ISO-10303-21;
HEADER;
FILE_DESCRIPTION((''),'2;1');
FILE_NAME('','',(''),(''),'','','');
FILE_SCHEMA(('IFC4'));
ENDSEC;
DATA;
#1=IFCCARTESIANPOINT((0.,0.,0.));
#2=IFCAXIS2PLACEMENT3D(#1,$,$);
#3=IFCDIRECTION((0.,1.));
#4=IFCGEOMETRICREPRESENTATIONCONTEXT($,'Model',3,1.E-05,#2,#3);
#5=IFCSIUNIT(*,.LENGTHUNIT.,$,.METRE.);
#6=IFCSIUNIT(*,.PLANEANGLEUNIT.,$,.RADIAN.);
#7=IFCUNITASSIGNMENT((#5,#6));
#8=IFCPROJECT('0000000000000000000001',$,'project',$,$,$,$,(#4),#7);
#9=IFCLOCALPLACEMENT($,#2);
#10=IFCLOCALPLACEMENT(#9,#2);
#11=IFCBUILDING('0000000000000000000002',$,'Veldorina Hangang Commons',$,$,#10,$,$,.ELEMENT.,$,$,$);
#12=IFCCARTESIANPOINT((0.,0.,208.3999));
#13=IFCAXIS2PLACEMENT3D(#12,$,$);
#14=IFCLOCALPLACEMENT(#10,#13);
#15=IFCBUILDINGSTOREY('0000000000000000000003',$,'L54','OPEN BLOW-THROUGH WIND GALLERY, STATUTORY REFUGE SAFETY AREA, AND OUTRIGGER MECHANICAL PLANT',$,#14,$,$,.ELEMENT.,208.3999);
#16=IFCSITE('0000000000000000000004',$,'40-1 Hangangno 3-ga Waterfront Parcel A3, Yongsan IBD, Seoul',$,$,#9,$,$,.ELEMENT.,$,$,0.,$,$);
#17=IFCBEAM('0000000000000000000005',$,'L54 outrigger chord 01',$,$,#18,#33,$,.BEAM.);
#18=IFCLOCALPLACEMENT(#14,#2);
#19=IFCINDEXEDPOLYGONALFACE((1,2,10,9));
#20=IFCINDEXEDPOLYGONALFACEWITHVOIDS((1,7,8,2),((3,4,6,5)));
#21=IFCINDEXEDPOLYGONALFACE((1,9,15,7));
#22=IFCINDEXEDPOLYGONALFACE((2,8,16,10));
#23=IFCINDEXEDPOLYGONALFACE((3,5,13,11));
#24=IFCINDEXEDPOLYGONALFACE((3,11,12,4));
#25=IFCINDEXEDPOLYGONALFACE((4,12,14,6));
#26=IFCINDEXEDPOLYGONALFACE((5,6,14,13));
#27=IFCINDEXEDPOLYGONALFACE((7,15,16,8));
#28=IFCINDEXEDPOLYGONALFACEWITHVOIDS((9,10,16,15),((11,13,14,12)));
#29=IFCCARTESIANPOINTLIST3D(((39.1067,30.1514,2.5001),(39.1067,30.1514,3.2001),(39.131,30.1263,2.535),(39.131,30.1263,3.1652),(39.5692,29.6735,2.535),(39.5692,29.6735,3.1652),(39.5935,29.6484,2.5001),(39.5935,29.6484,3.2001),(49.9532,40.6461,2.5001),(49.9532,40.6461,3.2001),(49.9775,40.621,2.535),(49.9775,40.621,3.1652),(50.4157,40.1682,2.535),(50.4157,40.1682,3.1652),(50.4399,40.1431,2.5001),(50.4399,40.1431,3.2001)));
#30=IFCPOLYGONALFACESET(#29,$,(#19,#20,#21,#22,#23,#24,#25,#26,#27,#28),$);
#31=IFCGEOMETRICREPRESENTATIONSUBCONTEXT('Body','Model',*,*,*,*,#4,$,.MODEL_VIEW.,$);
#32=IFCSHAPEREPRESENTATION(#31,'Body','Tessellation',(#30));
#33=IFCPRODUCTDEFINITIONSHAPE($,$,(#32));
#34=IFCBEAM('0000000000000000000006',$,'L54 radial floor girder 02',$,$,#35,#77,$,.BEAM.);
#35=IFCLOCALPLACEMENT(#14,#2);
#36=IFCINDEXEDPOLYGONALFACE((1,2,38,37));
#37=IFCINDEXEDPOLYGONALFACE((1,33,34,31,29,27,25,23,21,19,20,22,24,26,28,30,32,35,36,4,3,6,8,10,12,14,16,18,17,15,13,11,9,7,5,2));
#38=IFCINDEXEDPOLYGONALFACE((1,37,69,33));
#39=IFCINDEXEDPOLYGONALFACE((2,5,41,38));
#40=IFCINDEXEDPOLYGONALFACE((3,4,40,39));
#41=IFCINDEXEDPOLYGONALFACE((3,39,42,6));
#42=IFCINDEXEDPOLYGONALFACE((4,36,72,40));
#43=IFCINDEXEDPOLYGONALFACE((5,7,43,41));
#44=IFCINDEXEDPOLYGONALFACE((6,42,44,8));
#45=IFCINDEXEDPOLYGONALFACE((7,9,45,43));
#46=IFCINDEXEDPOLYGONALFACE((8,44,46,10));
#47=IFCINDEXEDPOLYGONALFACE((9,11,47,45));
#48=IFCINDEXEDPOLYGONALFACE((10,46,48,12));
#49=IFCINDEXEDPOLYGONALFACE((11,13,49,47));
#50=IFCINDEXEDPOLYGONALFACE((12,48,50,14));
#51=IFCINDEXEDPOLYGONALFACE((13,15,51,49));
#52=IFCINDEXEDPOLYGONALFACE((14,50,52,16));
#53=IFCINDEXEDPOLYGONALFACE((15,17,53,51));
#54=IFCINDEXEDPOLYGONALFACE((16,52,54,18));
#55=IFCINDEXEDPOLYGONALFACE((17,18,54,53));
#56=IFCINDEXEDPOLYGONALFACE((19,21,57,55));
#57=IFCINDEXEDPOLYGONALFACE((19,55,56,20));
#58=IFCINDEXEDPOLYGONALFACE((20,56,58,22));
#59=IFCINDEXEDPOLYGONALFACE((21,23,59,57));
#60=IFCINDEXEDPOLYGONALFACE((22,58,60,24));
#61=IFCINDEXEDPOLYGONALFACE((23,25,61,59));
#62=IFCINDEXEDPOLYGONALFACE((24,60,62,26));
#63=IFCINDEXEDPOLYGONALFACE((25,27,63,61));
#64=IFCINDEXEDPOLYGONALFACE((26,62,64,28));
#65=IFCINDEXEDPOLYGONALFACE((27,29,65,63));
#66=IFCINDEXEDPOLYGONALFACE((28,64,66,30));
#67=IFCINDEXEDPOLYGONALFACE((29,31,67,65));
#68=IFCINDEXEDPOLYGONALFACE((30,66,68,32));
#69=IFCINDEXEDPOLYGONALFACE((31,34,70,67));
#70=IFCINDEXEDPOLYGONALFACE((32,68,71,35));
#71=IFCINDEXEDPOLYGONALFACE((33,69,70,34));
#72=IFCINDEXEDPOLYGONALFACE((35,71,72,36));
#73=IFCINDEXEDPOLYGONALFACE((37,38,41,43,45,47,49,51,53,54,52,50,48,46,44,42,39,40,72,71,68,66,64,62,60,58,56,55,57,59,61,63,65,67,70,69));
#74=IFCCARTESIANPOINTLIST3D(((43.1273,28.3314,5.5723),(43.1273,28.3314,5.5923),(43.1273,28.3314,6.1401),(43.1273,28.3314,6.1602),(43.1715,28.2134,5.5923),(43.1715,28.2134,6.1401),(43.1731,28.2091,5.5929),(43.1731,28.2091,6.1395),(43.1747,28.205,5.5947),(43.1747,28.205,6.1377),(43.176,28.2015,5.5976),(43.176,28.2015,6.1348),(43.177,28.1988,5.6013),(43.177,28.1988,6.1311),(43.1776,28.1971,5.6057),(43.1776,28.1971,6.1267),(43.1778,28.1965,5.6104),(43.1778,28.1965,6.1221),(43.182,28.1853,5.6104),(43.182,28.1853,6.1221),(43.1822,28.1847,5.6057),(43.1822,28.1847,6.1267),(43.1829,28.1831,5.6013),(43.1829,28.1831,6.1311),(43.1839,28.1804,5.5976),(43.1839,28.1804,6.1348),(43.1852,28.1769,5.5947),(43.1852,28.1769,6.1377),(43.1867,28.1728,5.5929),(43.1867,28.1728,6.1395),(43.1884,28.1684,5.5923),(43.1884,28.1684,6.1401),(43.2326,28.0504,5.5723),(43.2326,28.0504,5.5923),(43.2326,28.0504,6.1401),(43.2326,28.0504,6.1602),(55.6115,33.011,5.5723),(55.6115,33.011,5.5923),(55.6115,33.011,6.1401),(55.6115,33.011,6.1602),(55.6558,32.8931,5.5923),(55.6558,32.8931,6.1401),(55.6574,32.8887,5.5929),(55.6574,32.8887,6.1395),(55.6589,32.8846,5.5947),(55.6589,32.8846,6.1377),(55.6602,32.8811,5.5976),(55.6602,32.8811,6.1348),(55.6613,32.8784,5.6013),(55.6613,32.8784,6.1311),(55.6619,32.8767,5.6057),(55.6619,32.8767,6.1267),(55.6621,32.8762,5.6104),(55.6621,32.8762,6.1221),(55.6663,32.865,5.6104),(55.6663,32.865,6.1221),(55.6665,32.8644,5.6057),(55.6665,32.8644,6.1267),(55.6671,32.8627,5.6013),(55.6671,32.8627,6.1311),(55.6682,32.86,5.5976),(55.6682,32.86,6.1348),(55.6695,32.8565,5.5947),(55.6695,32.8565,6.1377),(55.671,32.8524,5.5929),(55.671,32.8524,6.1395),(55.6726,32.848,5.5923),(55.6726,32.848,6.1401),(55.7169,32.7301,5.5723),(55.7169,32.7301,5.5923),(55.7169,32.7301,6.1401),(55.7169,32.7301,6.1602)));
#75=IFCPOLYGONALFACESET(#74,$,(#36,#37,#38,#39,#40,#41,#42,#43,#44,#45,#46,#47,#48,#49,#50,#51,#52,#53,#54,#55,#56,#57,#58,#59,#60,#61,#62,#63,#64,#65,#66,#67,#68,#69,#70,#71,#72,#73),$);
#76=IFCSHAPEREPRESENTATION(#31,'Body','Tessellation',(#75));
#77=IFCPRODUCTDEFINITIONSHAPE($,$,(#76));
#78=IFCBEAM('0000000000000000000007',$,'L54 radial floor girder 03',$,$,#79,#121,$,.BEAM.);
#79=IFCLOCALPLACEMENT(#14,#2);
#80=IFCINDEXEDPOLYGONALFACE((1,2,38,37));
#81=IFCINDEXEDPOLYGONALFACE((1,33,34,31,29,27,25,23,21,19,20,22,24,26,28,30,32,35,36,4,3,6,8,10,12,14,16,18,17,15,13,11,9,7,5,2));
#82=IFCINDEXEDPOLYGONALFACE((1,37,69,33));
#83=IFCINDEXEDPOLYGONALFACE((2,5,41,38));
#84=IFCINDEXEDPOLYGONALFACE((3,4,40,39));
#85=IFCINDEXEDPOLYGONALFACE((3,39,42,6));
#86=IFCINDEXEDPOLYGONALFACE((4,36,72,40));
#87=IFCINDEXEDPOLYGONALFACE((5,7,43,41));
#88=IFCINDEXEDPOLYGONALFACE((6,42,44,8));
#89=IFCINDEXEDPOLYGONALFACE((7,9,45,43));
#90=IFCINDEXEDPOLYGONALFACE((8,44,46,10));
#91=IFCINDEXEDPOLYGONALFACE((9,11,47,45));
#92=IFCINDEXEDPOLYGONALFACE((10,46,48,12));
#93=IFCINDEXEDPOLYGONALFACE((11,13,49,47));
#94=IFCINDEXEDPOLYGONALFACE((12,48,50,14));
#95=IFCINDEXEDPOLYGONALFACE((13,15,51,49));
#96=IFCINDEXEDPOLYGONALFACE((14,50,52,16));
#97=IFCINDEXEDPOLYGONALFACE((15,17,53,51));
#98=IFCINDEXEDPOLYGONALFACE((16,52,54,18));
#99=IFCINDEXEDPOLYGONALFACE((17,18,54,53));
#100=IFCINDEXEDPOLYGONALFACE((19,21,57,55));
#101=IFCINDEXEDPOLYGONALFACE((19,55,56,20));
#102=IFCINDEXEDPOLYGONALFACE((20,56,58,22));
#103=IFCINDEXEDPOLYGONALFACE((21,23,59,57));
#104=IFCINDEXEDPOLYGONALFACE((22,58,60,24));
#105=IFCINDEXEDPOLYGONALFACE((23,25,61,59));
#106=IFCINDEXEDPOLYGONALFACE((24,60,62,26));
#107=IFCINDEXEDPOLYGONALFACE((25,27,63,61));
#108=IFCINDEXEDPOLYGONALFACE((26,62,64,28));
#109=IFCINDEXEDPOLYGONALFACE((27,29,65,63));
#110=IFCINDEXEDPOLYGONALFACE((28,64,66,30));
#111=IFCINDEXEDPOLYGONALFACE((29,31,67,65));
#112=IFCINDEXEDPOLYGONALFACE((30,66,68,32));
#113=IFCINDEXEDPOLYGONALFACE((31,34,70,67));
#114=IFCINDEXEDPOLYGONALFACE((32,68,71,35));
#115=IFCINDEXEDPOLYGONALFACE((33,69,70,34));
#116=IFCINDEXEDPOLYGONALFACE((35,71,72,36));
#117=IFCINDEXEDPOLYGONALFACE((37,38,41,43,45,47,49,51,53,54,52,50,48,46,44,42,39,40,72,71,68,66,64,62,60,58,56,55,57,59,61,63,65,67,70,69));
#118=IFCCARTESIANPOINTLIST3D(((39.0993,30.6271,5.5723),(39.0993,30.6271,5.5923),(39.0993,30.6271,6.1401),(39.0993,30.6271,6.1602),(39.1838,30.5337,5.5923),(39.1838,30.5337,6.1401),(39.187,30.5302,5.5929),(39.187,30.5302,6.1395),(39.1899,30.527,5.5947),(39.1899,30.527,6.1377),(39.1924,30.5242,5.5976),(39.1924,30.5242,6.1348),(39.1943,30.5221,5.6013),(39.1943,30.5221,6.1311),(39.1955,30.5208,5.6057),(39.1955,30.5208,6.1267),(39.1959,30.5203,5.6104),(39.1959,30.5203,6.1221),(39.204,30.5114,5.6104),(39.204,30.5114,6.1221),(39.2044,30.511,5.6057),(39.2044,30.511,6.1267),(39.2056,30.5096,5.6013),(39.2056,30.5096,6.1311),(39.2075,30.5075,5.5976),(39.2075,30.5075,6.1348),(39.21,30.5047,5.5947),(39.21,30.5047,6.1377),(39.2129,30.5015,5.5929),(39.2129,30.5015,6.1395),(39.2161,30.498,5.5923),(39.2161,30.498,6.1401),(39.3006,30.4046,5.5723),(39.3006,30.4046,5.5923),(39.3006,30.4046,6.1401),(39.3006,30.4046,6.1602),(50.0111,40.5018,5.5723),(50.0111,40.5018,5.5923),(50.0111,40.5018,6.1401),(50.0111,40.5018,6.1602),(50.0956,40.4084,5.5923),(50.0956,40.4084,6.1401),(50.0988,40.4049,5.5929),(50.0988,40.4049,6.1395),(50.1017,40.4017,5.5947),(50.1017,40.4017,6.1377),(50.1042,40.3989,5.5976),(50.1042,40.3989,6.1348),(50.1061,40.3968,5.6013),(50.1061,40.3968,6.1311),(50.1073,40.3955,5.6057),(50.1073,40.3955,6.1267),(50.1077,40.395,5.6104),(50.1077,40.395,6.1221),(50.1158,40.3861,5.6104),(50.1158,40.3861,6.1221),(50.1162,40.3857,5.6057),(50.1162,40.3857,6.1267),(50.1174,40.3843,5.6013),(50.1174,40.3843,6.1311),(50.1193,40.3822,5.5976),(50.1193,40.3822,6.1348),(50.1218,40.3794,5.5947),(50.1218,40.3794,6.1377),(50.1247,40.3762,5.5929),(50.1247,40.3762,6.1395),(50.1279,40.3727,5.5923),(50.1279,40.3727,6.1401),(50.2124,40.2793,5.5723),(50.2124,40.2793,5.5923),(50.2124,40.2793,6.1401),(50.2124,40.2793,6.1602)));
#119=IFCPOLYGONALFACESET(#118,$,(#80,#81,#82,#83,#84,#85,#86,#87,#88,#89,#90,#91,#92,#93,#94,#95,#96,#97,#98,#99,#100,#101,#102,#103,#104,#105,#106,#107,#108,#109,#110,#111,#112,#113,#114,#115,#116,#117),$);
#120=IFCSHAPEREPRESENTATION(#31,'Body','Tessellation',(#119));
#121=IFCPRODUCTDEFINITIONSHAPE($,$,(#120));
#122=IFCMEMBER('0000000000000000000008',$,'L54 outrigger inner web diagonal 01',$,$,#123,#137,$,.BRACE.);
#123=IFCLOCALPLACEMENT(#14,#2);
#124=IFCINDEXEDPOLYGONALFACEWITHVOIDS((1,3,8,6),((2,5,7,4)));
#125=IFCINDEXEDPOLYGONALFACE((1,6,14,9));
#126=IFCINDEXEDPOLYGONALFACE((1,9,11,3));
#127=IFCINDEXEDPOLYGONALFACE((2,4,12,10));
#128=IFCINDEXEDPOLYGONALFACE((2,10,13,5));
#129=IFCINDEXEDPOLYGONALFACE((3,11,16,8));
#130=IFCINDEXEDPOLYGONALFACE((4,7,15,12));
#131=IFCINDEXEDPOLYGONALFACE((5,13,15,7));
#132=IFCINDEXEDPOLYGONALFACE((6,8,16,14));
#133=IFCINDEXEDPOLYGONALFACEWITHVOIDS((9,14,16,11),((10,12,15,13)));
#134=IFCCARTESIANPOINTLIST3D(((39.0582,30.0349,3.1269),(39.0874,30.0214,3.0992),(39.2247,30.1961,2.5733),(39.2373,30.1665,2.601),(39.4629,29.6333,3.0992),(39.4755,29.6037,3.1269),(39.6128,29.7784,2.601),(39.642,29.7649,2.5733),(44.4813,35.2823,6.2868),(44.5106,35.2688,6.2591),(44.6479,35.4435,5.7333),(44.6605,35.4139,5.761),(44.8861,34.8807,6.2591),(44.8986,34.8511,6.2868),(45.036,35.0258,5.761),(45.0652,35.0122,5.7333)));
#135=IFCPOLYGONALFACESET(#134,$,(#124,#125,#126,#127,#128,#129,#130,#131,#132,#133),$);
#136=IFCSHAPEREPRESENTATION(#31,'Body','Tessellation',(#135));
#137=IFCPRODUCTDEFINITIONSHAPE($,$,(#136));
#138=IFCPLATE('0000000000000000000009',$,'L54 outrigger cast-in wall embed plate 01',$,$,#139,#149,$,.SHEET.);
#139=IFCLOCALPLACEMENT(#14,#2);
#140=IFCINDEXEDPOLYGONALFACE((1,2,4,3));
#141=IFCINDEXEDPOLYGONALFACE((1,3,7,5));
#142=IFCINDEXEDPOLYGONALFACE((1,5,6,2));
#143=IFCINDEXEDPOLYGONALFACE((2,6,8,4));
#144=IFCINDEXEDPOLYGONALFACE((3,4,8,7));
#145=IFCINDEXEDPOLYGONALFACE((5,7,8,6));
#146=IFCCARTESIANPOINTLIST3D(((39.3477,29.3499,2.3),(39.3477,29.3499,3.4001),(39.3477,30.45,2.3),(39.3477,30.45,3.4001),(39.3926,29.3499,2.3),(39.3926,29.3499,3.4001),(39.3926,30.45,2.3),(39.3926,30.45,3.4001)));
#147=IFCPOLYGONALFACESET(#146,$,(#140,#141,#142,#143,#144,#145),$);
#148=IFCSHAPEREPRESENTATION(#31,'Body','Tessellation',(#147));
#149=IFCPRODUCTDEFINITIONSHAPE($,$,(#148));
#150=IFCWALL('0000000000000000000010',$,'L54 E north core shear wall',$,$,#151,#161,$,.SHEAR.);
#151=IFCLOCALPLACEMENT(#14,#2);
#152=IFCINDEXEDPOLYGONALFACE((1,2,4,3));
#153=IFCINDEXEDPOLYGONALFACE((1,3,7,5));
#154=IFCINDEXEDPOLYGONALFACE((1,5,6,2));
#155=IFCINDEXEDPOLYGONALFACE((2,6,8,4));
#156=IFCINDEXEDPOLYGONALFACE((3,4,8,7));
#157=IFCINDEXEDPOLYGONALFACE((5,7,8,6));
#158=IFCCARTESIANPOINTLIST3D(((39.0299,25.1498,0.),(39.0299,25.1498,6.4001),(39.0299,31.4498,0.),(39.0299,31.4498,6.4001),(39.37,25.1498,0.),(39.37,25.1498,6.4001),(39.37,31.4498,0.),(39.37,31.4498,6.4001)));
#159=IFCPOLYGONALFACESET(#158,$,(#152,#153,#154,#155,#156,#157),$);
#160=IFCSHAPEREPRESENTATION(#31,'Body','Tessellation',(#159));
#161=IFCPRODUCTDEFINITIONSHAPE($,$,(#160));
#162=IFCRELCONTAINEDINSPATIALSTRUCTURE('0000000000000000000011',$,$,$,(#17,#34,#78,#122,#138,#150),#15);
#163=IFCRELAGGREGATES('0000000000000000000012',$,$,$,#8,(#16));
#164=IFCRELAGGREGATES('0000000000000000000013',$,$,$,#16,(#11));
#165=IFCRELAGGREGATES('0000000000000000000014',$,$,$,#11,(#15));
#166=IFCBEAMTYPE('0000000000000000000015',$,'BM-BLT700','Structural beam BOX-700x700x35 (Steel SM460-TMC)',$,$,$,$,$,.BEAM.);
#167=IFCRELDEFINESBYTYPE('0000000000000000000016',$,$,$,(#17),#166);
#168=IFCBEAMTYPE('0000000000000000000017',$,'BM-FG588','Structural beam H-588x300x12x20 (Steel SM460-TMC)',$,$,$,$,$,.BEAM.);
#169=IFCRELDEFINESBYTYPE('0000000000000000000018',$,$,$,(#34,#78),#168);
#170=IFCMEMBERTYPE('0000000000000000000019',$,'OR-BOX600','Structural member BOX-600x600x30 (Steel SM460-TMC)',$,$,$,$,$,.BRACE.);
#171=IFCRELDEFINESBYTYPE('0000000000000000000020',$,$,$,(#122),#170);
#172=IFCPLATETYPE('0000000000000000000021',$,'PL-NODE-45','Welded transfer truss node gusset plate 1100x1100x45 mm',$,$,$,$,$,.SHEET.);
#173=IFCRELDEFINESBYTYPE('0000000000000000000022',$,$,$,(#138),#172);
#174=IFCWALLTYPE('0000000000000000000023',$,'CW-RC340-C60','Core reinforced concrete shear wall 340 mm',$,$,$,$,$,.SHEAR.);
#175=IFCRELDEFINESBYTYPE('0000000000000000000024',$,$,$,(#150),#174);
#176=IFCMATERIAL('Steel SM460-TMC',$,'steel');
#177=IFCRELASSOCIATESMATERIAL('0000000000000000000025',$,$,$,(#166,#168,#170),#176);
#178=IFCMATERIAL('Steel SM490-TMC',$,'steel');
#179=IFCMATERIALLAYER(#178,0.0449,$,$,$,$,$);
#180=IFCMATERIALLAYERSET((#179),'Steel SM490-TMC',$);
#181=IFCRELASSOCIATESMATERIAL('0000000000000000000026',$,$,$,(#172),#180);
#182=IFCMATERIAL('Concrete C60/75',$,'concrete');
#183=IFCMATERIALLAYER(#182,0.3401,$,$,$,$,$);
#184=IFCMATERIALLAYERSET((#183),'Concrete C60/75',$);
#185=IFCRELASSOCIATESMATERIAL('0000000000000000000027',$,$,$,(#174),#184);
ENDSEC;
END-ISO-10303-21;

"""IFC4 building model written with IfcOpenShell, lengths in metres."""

from ifc_helpers import new_model, si_unit, direction, frame, frame_2d, origin, origin_2d, place, context, subcontext, project, spatial, rectangle, hollow_rectangle, i_section, extrude, material, layer, layer_set, material_profile, profile_set, type_object, element, save


model = new_model("IFC4")

# Units and contexts
model_context = context("Model", 3, precision=1e-05, world=origin(), true_north=direction((0.0, 1.0)))
body_context = subcontext(model_context, "Body", "Model", "MODEL_VIEW")
ifc_project = project(units=[si_unit("LENGTHUNIT", "METRE"), si_unit("PLANEANGLEUNIT", "RADIAN")], contexts=[model_context])

# Site, building, storey
site_placement = place(None, origin())
site = spatial("IfcSite", under=ifc_project, at=site_placement, Name="40-1 Hangangno 3-ga Waterfront Parcel A3, Yongsan IBD, Seoul", CompositionType="ELEMENT", RefElevation=0.0)
building_placement = place(site_placement, origin())
building = spatial("IfcBuilding", under=site, at=building_placement, Name="Veldorina Hangang Commons", CompositionType="ELEMENT")
storey_placement = place(building_placement, frame((0.0, 0.0, 208.3999)))
storey = spatial("IfcBuildingStorey", under=building, at=storey_placement, Name="L54", Description="OPEN BLOW-THROUGH WIND GALLERY, STATUTORY REFUGE SAFETY AREA, AND OUTRIGGER MECHANICAL PLANT", CompositionType="ELEMENT", Elevation=208.3999)

# Beams
ifc_material_1 = material(Name="Steel SM460-TMC", Category="steel")
ifc_material_profile_1 = material_profile(ifc_material_1, hollow_rectangle(XDim=0.7, YDim=0.7, WallThickness=0.0349, at=origin_2d()), Name="BOX-700x700x35")
ifc_profile_set_1 = profile_set([ifc_material_profile_1], Name="Steel SM460-TMC")
beam_type_1 = type_object("IfcBeamType", Name="BM-BLT700", Description="Structural beam BOX-700x700x35 (Steel SM460-TMC)", PredefinedType="BEAM", material=ifc_profile_set_1)
beam_1_placement = place(storey_placement, frame((39.3501, 29.8999, 2.8501), z_axis=(0.718666, 0.695356, 0.0), x_axis=(-0.695356, 0.718666, 0.0)))
element("IfcBeam", 1, at=beam_1_placement, inside=storey, type_object=beam_type_1, Name="L54 outrigger chord 01", PredefinedType="BEAM", context=body_context, shape_type="SweptSolid", body=[
    extrude(hollow_rectangle(XDim=0.7, YDim=0.7, WallThickness=0.0349, at=origin_2d()), origin(), (0.0, 0.0, 1.0), 15.0925),
])
ifc_material_profile_2 = material_profile(ifc_material_1, i_section(OverallWidth=0.3, OverallDepth=0.5879, WebThickness=0.012, FlangeThickness=0.02, FilletRadius=0.0181, at=origin_2d()), Name="H-588x300x12x20")
ifc_profile_set_2 = profile_set([ifc_material_profile_2], Name="Steel SM460-TMC")
beam_type_2 = type_object("IfcBeamType", Name="BM-FG588", Description="Structural beam H-588x300x12x20 (Steel SM460-TMC)", PredefinedType="BEAM", material=ifc_profile_set_2)
beam_2_placement = place(storey_placement, frame((43.1799, 28.1909, 5.8662), z_axis=(0.936377, 0.350995, 0.0), x_axis=(-0.350995, 0.936377, 0.0)))
element("IfcBeam", 2, at=beam_2_placement, inside=storey, type_object=beam_type_2, Name="L54 radial floor girder 02", PredefinedType="BEAM", context=body_context, shape_type="SweptSolid", body=[
    extrude(i_section(OverallWidth=0.3, OverallDepth=0.5879, WebThickness=0.012, FlangeThickness=0.02, FilletRadius=0.0181, at=origin_2d()), origin(), (0.0, 0.0, 1.0), 13.3325),
])
beam_3_placement = place(storey_placement, frame((39.2, 30.5159, 5.8662), z_axis=(0.741464, 0.670992, 0.0), x_axis=(-0.670992, 0.741464, 0.0)))
element("IfcBeam", 3, at=beam_3_placement, inside=storey, type_object=beam_type_2, Name="L54 radial floor girder 03", PredefinedType="BEAM", context=body_context, shape_type="SweptSolid", body=[
    extrude(i_section(OverallWidth=0.3, OverallDepth=0.5879, WebThickness=0.012, FlangeThickness=0.02, FilletRadius=0.0181, at=origin_2d()), origin(), (0.0, 0.0, 1.0), 14.7166),
])

# Member
ifc_material_profile_3 = material_profile(ifc_material_1, hollow_rectangle(XDim=0.6001, YDim=0.6001, WallThickness=0.03, at=origin_2d()), Name="BOX-600x600x30")
ifc_profile_set_3 = profile_set([ifc_material_profile_3], Name="Steel SM460-TMC")
member_type = type_object("IfcMemberType", Name="OR-BOX600", Description="Structural member BOX-600x600x30 (Steel SM460-TMC)", PredefinedType="BRACE", material=ifc_profile_set_3)
member_placement = place(storey_placement, frame((39.3501, 29.8999, 2.8501), z_axis=(0.662886, 0.6414, 0.386248), x_axis=(-0.695364, 0.718658, 0.0)))
element("IfcMember", 4, at=member_placement, inside=storey, type_object=member_type, Name="L54 outrigger inner web diagonal 01", PredefinedType="BRACE", context=body_context, shape_type="SweptSolid", body=[
    extrude(hollow_rectangle(XDim=0.6001, YDim=0.6001, WallThickness=0.03, at=origin_2d()), origin(), (0.0, 0.0, 1.0), 8.1812),
])

# Plate
ifc_material_2 = material(Name="Steel SM490-TMC", Category="steel")
ifc_layer_1 = layer(ifc_material_2, 0.0449)
ifc_layer_set_1 = layer_set([ifc_layer_1], Name="Steel SM490-TMC")
plate_type = type_object("IfcPlateType", Name="PL-NODE-45", Description="Welded transfer truss node gusset plate 1100x1100x45 mm", PredefinedType="SHEET", material=ifc_layer_set_1)
plate_placement = place(storey_placement, frame((39.3701, 29.8999, 2.3), z_axis=(0.0, 0.0, 1.0), x_axis=(1.0, 0.0, 0.0)))
element("IfcPlate", 5, at=plate_placement, inside=storey, type_object=plate_type, Name="L54 outrigger cast-in wall embed plate 01", PredefinedType="SHEET", context=body_context, shape_type="SweptSolid", body=[
    extrude(rectangle(XDim=0.0449, YDim=1.1001, at=origin_2d()), origin(), (0.0, 0.0, 1.0), 1.1001),
])

# Wall
ifc_material_3 = material(Name="Concrete C60/75", Category="concrete")
ifc_layer_2 = layer(ifc_material_3, 0.3401)
ifc_layer_set_2 = layer_set([ifc_layer_2], Name="Concrete C60/75")
wall_type_1 = type_object("IfcWallType", Name="CW-RC340-C60", Description="Core reinforced concrete shear wall 340 mm", PredefinedType="SHEAR", material=ifc_layer_set_2)
wall_1_placement = place(storey_placement, frame((39.2, 25.1499, 0.0), z_axis=(0.0, 0.0, 1.0), x_axis=(0.0, 1.0, 0.0)))
element("IfcWall", 6, at=wall_1_placement, inside=storey, type_object=wall_type_1, Name="L54 E north core shear wall", PredefinedType="SHEAR", context=body_context, shape_type="SweptSolid", body=[
    extrude(rectangle(XDim=6.3, YDim=0.3401, at=frame_2d((3.1499, 0.0))), origin(), (0.0, 0.0, 1.0), 6.4001),
])

save(model, "model.ifc")
